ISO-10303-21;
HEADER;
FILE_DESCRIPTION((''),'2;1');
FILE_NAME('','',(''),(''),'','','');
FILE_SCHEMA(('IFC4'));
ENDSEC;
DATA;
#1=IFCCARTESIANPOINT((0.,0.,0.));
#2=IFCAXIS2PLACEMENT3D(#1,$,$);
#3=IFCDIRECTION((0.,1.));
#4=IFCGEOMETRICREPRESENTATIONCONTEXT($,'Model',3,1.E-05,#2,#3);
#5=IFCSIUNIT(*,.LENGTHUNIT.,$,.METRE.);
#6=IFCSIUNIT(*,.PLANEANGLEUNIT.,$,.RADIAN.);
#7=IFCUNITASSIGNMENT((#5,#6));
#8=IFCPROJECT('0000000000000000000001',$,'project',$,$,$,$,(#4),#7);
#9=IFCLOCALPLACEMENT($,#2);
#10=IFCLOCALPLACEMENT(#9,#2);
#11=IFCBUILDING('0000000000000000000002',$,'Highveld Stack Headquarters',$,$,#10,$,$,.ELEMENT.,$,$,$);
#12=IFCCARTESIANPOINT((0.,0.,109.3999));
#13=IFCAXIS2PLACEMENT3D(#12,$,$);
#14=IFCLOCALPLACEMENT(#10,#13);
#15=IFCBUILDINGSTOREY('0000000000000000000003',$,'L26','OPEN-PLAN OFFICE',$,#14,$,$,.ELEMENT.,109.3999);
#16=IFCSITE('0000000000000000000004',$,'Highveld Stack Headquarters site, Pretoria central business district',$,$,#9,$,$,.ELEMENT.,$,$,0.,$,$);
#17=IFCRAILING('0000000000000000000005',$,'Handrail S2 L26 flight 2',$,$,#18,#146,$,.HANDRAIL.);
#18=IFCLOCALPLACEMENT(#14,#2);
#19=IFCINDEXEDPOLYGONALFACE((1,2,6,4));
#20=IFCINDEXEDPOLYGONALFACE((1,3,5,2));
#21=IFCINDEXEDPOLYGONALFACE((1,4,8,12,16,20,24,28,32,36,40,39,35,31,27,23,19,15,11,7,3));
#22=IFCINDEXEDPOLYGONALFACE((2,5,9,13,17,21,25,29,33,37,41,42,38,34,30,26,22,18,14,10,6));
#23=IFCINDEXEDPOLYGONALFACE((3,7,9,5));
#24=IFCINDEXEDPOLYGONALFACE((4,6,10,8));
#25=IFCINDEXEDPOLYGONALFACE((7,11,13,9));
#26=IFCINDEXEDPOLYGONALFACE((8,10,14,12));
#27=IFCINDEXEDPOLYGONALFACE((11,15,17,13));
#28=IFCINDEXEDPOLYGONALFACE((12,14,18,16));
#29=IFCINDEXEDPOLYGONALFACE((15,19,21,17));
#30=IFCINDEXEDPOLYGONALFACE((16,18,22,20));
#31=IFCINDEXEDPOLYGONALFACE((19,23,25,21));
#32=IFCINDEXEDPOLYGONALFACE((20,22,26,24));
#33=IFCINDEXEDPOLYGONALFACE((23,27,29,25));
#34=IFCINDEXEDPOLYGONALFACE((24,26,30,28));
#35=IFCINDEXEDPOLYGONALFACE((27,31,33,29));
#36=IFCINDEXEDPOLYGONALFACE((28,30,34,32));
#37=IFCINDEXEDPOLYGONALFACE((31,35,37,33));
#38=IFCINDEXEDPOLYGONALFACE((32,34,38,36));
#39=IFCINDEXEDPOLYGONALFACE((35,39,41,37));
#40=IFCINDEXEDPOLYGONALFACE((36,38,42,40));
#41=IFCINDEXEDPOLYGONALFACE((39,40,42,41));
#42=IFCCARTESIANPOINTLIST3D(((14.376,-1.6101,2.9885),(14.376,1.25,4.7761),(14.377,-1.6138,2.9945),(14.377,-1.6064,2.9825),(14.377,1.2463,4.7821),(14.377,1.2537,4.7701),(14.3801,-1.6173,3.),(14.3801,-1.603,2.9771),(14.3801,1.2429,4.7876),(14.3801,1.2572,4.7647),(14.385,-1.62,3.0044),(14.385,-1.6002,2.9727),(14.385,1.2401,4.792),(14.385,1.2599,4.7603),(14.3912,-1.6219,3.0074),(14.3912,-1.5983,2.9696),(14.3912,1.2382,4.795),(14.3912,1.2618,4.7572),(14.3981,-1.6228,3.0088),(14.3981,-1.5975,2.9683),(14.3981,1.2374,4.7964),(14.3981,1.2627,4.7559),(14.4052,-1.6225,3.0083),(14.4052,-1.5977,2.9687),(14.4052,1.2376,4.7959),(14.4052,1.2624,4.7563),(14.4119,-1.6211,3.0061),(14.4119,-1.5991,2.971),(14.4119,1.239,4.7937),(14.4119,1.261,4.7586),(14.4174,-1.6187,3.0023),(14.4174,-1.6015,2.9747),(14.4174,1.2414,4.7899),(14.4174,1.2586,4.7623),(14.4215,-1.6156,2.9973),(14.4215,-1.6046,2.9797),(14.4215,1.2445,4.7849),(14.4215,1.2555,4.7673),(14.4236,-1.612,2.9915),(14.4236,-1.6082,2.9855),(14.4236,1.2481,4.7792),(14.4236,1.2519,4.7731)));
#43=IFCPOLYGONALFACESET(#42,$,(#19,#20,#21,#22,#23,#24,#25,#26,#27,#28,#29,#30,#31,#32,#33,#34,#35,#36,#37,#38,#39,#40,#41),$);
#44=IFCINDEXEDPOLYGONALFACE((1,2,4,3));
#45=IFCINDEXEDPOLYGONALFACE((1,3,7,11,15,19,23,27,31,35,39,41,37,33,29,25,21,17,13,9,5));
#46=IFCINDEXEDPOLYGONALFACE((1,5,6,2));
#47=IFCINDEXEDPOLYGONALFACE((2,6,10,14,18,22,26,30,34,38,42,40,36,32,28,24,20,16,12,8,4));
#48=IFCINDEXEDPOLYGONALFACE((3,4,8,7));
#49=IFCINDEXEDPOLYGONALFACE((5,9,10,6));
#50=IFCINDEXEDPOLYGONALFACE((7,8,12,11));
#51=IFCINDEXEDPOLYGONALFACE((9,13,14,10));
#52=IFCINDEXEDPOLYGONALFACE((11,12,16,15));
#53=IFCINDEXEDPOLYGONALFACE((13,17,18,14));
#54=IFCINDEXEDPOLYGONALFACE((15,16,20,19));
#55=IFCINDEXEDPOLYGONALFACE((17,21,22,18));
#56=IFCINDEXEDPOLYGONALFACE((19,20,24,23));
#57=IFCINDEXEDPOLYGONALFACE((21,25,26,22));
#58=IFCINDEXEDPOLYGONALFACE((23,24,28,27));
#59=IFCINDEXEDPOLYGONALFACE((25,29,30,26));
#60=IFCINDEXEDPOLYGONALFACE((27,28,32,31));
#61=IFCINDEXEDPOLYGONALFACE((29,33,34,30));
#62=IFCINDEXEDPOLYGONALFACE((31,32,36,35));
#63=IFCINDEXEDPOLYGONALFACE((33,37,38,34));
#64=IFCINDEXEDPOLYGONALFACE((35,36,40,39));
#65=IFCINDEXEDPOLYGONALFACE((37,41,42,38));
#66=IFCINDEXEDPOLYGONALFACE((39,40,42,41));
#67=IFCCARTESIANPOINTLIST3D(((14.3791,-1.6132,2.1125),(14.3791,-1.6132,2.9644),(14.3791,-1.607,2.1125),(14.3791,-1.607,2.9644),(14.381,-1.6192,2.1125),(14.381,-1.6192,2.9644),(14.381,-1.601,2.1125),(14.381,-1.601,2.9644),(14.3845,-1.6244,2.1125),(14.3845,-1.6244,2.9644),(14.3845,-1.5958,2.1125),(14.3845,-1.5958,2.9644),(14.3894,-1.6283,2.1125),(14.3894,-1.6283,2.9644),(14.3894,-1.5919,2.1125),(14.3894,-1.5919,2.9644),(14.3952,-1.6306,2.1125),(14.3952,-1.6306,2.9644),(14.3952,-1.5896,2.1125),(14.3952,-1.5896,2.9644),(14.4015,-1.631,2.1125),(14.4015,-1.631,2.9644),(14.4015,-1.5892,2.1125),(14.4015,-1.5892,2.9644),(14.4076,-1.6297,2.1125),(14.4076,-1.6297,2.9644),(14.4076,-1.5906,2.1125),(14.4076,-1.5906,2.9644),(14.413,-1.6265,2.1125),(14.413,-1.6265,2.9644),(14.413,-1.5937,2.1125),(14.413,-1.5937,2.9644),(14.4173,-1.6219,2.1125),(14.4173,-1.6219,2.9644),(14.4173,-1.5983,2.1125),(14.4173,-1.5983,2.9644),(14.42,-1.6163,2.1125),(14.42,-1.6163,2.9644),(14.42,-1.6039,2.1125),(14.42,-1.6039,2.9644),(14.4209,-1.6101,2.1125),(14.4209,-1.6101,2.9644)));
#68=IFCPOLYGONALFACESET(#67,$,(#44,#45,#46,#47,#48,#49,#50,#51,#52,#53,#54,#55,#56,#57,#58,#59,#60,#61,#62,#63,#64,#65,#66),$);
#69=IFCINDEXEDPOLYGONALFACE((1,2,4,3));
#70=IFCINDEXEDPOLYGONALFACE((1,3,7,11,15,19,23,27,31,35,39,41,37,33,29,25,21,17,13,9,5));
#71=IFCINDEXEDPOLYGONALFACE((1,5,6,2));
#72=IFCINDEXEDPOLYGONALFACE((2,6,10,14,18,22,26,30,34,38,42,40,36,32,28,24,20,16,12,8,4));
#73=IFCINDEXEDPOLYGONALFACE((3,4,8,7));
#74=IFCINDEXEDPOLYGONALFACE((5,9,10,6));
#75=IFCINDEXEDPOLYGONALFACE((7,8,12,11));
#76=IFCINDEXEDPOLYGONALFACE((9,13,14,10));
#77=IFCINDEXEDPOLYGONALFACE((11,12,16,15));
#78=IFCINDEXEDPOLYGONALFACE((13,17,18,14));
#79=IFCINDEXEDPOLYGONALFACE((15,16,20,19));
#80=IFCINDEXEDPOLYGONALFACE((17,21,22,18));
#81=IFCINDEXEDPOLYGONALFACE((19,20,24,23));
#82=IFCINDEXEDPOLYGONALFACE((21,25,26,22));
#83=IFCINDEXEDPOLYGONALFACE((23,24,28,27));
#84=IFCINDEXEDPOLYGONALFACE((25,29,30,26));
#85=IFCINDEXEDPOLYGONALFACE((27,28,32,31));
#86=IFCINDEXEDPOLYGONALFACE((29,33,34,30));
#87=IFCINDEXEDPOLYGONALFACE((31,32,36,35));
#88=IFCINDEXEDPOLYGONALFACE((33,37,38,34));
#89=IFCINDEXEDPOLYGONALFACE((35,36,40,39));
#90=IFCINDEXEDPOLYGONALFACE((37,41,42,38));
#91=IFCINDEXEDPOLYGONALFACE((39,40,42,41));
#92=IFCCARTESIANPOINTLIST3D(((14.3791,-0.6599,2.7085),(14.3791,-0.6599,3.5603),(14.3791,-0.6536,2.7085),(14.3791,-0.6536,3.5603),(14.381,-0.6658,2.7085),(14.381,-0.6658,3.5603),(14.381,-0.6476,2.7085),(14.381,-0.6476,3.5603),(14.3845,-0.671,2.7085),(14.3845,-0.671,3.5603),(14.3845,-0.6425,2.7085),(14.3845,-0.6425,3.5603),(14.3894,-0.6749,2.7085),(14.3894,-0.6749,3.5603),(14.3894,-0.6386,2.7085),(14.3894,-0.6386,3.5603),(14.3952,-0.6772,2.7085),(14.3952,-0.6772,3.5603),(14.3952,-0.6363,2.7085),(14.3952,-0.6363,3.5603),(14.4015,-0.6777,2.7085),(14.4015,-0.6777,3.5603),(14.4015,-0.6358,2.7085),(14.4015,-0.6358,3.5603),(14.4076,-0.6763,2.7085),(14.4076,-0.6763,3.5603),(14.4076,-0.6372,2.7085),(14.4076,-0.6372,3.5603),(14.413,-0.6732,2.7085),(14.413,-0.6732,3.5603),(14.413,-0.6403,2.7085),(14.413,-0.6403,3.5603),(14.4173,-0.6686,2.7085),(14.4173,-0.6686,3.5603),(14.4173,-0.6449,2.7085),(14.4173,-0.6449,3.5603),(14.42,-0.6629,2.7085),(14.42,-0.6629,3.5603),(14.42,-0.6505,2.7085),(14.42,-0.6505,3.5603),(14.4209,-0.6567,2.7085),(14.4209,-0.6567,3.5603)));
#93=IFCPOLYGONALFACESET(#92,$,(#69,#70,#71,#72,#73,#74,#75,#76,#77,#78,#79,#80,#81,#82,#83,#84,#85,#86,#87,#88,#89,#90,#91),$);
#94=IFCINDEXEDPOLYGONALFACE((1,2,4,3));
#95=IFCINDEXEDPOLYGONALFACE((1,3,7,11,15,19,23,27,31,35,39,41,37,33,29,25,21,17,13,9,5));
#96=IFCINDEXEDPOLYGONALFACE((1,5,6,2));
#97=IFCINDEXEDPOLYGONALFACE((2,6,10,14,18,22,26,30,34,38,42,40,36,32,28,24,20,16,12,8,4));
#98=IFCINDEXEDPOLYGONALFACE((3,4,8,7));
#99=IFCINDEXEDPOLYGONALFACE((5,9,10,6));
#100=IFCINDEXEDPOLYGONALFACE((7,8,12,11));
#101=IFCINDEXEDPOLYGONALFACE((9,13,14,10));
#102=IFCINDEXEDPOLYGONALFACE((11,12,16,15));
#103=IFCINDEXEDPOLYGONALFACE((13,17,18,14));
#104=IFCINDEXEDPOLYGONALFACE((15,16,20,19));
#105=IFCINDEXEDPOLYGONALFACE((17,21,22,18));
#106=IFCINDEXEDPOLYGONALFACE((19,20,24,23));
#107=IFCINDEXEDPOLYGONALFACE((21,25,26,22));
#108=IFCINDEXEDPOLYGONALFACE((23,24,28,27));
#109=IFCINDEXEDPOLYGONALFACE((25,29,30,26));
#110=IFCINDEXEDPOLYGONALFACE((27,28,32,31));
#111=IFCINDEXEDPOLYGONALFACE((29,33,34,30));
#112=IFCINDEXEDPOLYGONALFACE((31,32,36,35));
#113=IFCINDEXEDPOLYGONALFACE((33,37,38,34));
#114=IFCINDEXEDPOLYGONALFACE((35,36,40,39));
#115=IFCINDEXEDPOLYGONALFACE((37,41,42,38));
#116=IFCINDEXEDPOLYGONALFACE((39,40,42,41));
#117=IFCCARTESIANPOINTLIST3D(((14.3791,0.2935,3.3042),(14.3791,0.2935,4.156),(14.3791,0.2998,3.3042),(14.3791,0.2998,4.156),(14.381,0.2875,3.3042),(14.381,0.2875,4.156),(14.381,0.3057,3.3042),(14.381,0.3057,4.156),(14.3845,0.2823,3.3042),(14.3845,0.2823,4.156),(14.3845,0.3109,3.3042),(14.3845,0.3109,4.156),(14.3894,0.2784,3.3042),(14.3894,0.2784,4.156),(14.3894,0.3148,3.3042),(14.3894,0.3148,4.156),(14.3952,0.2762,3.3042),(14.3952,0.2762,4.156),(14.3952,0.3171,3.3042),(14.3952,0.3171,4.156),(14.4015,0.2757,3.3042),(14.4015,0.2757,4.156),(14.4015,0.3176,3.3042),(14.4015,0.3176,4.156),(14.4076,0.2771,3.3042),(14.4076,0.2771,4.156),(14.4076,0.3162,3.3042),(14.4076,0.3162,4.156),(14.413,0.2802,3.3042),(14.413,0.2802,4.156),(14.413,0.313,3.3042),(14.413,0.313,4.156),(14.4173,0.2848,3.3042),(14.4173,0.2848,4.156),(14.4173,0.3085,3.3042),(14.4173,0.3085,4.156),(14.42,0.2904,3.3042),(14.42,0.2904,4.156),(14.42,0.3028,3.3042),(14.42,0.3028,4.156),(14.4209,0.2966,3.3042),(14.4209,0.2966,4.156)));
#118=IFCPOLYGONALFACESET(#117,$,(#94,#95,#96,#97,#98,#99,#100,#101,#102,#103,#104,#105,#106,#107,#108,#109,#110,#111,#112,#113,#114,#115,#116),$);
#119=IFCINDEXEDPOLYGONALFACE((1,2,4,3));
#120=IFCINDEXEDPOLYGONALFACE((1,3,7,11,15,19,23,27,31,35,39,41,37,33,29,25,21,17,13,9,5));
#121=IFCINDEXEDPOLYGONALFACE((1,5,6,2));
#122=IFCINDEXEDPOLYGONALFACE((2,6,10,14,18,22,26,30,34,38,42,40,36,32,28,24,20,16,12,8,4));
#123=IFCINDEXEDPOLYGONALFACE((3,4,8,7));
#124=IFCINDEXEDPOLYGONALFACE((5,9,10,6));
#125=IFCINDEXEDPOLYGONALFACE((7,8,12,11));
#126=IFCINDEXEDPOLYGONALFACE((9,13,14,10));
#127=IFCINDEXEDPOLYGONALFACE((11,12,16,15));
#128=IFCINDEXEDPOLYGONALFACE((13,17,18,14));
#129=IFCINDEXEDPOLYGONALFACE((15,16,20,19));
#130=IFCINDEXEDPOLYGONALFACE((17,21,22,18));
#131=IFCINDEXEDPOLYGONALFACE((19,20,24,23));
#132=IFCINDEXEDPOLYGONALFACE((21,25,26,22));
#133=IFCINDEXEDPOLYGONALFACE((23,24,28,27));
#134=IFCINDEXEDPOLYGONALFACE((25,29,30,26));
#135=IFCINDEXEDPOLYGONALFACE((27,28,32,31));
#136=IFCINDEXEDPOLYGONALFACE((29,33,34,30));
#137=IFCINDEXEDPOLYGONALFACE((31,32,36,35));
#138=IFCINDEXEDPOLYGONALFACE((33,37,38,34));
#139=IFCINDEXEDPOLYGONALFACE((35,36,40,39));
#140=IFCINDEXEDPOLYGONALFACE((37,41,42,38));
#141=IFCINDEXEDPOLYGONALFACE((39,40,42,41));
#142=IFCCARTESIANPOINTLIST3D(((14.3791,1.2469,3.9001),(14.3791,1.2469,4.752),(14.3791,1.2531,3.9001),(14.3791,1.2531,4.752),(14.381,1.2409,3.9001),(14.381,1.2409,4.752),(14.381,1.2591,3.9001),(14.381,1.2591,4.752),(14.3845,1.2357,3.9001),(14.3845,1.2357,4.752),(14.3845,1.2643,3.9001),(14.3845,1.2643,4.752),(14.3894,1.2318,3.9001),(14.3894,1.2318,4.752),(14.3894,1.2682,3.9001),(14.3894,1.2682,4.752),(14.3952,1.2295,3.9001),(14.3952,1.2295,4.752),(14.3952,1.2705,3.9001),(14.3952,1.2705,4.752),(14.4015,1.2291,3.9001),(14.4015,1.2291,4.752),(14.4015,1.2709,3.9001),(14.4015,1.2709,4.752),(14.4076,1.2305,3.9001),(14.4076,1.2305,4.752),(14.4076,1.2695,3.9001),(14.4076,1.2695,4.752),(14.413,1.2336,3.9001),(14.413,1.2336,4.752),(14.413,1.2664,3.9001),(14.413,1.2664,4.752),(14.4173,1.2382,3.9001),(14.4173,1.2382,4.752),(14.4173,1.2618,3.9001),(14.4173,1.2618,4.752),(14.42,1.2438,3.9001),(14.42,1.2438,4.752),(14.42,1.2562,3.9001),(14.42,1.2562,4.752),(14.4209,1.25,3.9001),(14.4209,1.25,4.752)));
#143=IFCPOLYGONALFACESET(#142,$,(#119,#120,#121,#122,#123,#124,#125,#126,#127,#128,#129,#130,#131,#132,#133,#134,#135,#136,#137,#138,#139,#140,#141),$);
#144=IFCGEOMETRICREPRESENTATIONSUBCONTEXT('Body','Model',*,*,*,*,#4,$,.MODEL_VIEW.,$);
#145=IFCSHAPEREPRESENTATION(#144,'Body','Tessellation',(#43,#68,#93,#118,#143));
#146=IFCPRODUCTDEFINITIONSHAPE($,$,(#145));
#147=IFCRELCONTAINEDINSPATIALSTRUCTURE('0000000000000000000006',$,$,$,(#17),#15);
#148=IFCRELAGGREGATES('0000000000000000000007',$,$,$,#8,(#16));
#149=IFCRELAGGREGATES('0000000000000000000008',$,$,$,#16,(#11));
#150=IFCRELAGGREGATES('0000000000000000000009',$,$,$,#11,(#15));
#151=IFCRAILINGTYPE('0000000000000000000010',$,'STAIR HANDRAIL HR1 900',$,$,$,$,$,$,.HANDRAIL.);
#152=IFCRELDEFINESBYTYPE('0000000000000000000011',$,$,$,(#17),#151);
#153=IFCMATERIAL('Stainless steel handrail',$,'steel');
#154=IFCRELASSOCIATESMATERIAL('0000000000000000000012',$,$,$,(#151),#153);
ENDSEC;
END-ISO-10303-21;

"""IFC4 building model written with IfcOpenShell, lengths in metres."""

from ifc_helpers import new_model, si_unit, direction, frame, origin, origin_2d, place, context, subcontext, project, spatial, circle, extrude, material, type_object, element, save


model = new_model("IFC4")

# Units and contexts
model_context = context("Model", 3, precision=1e-05, world=origin(), true_north=direction((0.0, 1.0)))
body_context = subcontext(model_context, "Body", "Model", "MODEL_VIEW")
ifc_project = project(units=[si_unit("LENGTHUNIT", "METRE"), si_unit("PLANEANGLEUNIT", "RADIAN")], contexts=[model_context])

# Site, building, storey
site_placement = place(None, origin())
site = spatial("IfcSite", under=ifc_project, at=site_placement, Name="Highveld Stack Headquarters site, Pretoria central business district", CompositionType="ELEMENT", RefElevation=0.0)
building_placement = place(site_placement, origin())
building = spatial("IfcBuilding", under=site, at=building_placement, Name="Highveld Stack Headquarters", CompositionType="ELEMENT")
storey_placement = place(building_placement, frame((0.0, 0.0, 109.3999)))
storey = spatial("IfcBuildingStorey", under=building, at=storey_placement, Name="L26", Description="OPEN-PLAN OFFICE", CompositionType="ELEMENT", Elevation=109.3999)

# Railing
ifc_material_1 = material(Name="Stainless steel handrail", Category="steel")
railing_type = type_object("IfcRailingType", Name="STAIR HANDRAIL HR1 900", PredefinedType="HANDRAIL", material=ifc_material_1)
for number, where, name in (
    (1, (14.3999, -1.6101, 2.1125), "Handrail S2 L26 flight 2"),
):
    element("IfcRailing", number, at=place(storey_placement, frame(where)), inside=storey, type_object=railing_type, Name=name, PredefinedType="HANDRAIL", context=body_context, shape_type="SweptSolid", body=[
        extrude(circle(Radius=0.0239, at=origin_2d()), frame((0.0, 0.0, 0.876), z_axis=(0.0, 0.847994, 0.530005), x_axis=(-1.0, 0.0, 0.0)), (0.0, 0.0, 1.0), 3.3728),
        extrude(circle(Radius=0.021, at=origin_2d()), origin(), (0.0, 0.0, 1.0), 0.8518),
        extrude(circle(Radius=0.021, at=origin_2d()), frame((0.0, 0.9534, 0.5959)), (0.0, 0.0, 1.0), 0.8518),
        extrude(circle(Radius=0.021, at=origin_2d()), frame((0.0, 1.9067, 1.1917)), (0.0, 0.0, 1.0), 0.8518),
        extrude(circle(Radius=0.021, at=origin_2d()), frame((0.0, 2.8601, 1.7876)), (0.0, 0.0, 1.0), 0.8518),
    ])

save(model, "model.ifc")
